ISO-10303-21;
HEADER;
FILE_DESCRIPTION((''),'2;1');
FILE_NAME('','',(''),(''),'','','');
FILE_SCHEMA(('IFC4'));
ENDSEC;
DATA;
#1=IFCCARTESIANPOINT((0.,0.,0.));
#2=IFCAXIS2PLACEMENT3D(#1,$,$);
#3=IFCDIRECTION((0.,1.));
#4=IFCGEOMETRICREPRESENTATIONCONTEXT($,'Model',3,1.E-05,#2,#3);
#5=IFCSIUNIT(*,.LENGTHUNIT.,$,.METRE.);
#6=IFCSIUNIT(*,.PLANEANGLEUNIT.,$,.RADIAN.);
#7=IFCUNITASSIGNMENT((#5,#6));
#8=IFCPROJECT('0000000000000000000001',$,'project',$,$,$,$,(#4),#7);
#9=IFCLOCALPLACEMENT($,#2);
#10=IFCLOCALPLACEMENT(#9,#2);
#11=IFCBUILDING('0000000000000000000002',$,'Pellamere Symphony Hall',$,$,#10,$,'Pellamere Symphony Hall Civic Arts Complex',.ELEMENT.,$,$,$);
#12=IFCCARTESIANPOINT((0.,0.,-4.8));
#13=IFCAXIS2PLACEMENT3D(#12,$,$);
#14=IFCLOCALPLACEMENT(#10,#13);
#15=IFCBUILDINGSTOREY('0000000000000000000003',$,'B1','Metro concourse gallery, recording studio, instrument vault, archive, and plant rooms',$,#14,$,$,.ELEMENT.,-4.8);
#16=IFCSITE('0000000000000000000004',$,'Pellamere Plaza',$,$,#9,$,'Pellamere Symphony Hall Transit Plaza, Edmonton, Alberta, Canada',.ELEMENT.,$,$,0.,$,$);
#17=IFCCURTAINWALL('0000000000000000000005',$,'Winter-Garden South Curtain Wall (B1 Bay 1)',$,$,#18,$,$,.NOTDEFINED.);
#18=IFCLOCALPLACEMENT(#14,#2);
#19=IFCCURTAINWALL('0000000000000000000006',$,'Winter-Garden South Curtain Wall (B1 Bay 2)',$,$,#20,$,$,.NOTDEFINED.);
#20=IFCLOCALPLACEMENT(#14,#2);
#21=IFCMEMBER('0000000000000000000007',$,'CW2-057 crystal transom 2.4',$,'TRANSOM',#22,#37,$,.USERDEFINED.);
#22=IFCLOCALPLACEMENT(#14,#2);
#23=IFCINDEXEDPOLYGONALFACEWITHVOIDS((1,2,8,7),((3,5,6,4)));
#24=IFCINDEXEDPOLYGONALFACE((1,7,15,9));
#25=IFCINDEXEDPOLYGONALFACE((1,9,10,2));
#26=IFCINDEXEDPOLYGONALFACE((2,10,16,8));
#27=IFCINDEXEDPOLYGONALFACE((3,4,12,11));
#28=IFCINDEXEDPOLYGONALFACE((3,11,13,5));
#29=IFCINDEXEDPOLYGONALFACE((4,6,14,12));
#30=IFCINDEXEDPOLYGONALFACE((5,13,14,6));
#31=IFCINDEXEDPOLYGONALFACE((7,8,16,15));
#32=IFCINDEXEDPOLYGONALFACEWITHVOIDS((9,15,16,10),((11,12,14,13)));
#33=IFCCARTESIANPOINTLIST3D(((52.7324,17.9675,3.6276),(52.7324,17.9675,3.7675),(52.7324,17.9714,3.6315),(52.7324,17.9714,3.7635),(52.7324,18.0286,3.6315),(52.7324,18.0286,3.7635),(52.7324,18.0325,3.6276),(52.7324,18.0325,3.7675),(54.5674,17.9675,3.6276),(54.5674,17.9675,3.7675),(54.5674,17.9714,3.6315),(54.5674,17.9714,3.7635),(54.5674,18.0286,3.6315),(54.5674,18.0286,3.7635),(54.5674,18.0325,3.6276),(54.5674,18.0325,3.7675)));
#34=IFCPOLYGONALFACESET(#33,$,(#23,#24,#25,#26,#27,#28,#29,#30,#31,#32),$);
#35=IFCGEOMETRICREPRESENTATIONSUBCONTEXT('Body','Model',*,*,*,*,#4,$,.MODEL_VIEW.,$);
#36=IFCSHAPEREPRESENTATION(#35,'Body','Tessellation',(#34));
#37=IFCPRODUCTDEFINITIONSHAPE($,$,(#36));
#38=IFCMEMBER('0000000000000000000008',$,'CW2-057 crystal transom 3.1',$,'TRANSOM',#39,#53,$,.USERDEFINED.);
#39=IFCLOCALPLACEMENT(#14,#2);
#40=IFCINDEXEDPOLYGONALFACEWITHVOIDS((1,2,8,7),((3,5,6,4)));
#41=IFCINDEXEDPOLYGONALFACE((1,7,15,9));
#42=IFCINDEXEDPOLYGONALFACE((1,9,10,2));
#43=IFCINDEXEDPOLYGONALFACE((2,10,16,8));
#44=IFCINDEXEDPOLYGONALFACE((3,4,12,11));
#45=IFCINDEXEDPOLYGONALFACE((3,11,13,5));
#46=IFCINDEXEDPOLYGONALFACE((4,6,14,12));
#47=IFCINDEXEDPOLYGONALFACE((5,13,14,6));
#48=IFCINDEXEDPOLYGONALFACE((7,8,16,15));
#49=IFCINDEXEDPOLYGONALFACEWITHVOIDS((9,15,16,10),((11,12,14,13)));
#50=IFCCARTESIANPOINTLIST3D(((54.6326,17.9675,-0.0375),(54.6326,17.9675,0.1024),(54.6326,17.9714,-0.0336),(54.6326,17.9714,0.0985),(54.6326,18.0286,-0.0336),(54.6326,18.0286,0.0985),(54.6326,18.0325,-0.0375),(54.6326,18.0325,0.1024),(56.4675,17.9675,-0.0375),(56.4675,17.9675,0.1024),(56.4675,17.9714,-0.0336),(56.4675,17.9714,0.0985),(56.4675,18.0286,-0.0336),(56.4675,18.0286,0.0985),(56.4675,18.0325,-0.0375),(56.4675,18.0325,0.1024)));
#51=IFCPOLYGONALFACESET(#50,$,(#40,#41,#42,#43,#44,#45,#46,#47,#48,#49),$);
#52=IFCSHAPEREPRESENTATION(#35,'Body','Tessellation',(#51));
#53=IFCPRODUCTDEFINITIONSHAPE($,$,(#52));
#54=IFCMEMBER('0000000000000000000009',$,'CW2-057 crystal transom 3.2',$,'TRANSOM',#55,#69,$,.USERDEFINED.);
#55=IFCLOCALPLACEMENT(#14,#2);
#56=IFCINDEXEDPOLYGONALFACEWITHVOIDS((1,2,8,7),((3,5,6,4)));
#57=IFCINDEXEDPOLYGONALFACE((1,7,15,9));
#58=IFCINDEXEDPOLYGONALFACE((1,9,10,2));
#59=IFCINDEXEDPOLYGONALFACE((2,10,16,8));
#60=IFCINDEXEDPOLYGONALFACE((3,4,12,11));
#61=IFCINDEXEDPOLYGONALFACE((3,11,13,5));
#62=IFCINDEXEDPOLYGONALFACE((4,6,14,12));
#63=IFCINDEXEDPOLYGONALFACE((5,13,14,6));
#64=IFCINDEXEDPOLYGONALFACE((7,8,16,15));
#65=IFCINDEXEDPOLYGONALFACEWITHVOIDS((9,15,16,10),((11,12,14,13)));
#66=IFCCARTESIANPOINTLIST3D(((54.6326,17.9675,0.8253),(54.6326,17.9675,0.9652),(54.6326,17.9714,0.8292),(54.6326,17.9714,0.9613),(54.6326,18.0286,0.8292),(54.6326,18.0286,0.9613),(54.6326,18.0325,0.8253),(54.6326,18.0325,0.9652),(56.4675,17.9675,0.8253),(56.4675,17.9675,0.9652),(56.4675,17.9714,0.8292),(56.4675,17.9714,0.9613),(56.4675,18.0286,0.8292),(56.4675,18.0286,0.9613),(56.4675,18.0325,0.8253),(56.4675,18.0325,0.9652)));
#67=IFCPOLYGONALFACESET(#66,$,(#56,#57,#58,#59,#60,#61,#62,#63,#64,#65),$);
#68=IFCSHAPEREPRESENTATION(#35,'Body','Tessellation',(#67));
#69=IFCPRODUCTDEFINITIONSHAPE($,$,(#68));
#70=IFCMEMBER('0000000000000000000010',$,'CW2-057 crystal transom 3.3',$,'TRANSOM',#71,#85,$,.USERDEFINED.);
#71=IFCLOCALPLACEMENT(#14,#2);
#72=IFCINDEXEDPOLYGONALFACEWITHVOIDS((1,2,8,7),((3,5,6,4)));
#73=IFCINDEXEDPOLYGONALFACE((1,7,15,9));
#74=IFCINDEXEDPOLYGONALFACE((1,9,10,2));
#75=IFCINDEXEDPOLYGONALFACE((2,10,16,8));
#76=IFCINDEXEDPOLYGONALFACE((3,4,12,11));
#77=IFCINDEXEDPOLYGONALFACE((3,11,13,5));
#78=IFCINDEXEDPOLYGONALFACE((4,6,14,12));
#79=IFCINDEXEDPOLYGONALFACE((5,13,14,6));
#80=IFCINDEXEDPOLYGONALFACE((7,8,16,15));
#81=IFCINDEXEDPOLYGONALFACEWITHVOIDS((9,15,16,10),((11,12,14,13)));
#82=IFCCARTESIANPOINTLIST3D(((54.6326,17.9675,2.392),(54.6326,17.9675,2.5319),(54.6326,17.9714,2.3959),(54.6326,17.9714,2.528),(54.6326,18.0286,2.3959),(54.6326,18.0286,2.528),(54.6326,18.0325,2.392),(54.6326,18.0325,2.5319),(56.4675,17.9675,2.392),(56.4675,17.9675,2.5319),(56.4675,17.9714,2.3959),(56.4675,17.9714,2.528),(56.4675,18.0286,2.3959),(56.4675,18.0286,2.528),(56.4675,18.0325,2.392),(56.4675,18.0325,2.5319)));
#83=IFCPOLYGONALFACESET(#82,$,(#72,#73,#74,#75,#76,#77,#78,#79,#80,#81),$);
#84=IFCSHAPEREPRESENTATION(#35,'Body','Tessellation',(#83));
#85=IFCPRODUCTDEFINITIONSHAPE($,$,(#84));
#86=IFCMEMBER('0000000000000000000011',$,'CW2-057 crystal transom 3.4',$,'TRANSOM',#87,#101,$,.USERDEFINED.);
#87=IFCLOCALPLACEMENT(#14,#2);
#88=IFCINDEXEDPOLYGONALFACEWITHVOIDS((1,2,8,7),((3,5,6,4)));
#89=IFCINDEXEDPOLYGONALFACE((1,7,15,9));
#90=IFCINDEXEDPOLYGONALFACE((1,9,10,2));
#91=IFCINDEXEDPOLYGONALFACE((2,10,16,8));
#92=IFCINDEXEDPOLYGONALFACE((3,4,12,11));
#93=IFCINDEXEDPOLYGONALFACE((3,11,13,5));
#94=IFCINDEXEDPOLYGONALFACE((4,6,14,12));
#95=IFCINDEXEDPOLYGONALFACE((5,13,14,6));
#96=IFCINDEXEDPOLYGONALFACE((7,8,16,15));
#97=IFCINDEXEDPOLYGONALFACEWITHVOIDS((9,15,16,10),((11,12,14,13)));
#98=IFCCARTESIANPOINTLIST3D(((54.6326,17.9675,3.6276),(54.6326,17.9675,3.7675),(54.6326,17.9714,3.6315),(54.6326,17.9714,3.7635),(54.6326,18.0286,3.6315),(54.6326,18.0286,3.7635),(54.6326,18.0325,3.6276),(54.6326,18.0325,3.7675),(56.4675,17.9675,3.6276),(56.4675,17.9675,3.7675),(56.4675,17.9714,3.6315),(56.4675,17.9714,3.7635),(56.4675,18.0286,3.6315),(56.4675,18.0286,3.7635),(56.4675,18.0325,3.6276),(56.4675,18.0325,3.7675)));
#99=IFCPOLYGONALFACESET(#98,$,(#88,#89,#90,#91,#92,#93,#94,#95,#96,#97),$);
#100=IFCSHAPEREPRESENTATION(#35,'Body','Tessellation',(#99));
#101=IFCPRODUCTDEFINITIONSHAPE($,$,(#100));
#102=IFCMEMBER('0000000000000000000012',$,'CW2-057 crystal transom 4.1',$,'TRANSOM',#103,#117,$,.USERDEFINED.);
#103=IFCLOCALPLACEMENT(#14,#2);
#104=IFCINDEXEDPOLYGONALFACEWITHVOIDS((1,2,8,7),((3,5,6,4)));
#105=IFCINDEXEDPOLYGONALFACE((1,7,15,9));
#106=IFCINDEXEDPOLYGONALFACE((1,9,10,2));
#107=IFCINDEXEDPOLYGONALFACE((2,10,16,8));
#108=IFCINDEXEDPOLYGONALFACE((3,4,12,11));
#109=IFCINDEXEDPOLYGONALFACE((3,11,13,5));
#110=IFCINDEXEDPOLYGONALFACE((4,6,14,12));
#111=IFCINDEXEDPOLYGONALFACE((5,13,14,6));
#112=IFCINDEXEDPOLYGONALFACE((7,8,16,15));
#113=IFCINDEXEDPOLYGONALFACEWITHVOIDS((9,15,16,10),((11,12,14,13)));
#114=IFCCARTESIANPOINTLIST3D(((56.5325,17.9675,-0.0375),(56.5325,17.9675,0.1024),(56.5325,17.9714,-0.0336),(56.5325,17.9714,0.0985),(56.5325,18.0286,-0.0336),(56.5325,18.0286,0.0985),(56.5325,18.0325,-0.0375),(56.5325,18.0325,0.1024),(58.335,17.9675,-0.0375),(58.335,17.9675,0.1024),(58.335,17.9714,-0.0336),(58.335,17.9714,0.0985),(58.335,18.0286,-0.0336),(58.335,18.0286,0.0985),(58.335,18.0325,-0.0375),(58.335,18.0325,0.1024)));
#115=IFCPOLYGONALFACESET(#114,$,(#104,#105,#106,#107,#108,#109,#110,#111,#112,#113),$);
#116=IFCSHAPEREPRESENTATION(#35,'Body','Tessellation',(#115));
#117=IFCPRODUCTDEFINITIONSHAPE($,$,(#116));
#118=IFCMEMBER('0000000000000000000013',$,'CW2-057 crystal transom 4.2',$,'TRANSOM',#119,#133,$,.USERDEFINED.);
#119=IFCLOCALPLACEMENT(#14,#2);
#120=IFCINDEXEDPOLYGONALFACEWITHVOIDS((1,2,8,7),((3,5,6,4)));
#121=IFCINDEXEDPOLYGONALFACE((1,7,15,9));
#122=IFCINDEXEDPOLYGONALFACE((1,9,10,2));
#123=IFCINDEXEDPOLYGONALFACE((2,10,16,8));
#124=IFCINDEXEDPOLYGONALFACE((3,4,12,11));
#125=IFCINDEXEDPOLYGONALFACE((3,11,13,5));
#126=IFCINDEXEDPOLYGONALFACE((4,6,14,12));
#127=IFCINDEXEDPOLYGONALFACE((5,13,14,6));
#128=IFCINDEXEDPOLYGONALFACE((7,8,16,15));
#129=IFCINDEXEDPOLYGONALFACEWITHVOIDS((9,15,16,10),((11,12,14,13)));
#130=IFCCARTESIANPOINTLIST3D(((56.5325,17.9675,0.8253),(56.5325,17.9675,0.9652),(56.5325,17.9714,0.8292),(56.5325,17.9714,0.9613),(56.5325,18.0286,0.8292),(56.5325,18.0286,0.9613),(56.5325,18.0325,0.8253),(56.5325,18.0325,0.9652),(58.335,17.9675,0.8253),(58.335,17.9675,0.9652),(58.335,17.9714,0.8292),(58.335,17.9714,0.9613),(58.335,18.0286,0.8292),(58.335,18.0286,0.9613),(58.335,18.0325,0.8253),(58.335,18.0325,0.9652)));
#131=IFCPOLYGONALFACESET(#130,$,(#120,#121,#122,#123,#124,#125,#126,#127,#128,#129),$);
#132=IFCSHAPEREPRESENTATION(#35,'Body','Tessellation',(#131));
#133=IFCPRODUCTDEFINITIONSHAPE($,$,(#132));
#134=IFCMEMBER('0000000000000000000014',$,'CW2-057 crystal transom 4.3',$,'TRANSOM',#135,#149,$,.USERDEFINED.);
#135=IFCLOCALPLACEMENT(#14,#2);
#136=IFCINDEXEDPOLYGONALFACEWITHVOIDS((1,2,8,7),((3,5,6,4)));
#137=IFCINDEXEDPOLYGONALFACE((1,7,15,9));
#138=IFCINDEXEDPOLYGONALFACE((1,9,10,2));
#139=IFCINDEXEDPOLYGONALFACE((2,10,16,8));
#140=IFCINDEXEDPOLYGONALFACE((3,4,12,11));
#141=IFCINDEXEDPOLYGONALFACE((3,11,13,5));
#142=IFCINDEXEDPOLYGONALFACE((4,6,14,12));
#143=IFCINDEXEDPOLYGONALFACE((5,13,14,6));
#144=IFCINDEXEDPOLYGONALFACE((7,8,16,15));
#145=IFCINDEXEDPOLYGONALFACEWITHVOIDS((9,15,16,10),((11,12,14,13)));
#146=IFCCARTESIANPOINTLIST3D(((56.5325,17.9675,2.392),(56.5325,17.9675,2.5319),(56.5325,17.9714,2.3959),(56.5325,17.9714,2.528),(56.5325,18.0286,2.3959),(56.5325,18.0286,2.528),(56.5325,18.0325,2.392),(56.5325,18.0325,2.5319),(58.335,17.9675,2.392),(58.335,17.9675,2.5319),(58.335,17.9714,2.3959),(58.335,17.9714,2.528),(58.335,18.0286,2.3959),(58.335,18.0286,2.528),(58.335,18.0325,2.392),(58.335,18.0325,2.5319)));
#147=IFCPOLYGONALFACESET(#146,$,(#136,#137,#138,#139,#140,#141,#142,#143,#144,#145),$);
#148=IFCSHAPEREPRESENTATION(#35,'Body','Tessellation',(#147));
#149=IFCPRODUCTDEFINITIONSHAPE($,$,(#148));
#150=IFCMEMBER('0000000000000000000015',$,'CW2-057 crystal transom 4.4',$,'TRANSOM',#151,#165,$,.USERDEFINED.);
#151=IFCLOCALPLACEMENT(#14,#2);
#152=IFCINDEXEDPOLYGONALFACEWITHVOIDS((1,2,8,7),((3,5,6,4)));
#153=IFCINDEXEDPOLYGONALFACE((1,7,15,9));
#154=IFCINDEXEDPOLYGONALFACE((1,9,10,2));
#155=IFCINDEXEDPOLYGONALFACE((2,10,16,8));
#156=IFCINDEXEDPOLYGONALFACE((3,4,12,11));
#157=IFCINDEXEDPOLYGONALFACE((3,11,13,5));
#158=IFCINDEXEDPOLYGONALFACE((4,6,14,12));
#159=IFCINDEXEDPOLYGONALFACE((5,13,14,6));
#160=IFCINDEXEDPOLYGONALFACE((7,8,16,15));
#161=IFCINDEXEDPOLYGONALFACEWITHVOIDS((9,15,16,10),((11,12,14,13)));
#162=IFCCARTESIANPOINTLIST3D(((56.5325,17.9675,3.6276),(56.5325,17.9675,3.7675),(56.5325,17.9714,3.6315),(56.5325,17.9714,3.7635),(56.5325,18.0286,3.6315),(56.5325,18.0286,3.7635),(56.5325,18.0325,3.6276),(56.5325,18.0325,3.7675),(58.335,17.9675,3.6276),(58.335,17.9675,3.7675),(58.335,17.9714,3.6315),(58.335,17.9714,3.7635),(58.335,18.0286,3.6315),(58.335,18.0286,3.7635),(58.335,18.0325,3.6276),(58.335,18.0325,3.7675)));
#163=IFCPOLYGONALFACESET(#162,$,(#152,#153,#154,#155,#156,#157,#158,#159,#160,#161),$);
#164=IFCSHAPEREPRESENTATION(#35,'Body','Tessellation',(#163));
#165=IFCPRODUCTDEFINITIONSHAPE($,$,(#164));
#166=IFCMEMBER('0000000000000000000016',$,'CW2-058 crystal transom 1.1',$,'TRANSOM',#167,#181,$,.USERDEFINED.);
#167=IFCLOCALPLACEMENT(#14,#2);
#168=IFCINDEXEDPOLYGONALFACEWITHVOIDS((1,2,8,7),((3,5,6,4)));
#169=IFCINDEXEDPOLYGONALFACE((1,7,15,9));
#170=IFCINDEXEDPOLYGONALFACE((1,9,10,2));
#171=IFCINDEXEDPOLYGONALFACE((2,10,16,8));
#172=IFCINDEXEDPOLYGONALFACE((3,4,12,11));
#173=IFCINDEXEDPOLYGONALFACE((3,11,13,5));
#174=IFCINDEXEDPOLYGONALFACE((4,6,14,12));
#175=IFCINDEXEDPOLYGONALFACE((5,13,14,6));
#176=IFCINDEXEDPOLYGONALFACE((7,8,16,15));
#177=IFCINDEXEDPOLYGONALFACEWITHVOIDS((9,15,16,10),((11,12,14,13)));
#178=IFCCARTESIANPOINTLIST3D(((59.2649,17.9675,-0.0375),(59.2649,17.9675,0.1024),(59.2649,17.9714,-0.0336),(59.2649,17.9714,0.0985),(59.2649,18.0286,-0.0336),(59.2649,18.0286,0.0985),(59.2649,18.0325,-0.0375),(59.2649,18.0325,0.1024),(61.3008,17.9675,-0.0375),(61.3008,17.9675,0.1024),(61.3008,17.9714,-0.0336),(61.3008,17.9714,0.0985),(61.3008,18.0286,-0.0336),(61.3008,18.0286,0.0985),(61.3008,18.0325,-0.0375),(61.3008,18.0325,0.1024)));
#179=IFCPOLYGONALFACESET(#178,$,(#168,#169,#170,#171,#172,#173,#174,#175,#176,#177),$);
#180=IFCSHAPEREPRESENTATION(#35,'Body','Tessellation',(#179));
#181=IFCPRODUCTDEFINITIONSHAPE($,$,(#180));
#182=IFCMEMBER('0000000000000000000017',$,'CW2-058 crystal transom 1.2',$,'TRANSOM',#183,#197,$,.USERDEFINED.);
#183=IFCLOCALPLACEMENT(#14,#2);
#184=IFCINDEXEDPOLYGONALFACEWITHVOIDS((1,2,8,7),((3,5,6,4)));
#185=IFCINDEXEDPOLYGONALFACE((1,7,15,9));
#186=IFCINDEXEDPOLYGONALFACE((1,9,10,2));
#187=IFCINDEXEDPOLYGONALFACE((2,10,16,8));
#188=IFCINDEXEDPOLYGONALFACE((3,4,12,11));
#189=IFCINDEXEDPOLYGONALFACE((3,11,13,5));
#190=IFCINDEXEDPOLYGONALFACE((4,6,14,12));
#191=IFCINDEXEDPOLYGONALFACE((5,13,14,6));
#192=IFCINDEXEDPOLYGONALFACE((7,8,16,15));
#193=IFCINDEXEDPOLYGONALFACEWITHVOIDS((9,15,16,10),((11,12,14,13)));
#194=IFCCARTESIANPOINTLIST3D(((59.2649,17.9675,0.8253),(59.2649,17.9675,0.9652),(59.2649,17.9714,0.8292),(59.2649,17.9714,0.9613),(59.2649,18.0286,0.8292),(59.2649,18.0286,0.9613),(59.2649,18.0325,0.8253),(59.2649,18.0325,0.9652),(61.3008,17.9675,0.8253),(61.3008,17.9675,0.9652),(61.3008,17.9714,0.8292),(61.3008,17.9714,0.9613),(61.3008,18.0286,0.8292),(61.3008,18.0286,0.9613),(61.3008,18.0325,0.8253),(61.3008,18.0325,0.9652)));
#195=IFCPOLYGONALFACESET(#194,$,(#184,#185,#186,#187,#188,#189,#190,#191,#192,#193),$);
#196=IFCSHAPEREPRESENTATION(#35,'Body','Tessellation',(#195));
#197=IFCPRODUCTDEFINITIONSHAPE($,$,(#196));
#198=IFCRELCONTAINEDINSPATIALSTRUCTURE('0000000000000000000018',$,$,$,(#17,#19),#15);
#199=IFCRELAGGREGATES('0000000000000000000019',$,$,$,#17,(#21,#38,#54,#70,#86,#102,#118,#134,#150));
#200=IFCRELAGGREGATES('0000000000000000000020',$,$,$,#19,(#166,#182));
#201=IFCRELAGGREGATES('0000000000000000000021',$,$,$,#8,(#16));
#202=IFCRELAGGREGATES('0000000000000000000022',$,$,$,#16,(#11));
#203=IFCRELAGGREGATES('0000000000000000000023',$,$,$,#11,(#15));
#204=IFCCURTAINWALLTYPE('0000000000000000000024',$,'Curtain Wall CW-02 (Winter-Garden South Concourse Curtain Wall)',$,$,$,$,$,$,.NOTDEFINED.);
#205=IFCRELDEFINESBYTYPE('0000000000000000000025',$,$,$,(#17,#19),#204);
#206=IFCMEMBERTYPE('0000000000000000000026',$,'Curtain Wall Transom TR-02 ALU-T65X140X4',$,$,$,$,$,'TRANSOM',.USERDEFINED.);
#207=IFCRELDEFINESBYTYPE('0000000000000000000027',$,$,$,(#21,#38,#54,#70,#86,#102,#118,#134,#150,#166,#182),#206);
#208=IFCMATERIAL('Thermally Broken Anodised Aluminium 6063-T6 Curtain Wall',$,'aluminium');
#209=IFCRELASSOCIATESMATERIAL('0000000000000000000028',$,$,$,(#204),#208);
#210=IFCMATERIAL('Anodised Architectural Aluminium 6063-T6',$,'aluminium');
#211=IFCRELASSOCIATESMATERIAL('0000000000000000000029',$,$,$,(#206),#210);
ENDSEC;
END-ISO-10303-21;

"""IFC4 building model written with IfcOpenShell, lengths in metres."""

from ifc_helpers import new_model, si_unit, direction, frame, origin, origin_2d, place, context, subcontext, project, spatial, hollow_rectangle, extrude, material, material_profile, profile_set, type_object, element, aggregate, save


model = new_model("IFC4")

# Units and contexts
model_context = context("Model", 3, precision=1e-05, world=origin(), true_north=direction((0.0, 1.0)))
body_context = subcontext(model_context, "Body", "Model", "MODEL_VIEW")
ifc_project = project(units=[si_unit("LENGTHUNIT", "METRE"), si_unit("PLANEANGLEUNIT", "RADIAN")], contexts=[model_context])

# Site, building, storey
site_placement = place(None, origin())
site = spatial("IfcSite", under=ifc_project, at=site_placement, Name="Pellamere Plaza", LongName="Pellamere Symphony Hall Transit Plaza, Edmonton, Alberta, Canada", CompositionType="ELEMENT", RefElevation=0.0)
building_placement = place(site_placement, origin())
building = spatial("IfcBuilding", under=site, at=building_placement, Name="Pellamere Symphony Hall", LongName="Pellamere Symphony Hall Civic Arts Complex", CompositionType="ELEMENT")
storey_placement = place(building_placement, frame((0.0, 0.0, -4.8)))
storey = spatial("IfcBuildingStorey", under=building, at=storey_placement, Name="B1", Description="Metro concourse gallery, recording studio, instrument vault, archive, and plant rooms", CompositionType="ELEMENT", Elevation=-4.8)

# Curtain wall
ifc_material_1 = material(Name="Thermally Broken Anodised Aluminium 6063-T6 Curtain Wall", Category="aluminium")
curtain_wall_type = type_object("IfcCurtainWallType", Name="Curtain Wall CW-02 (Winter-Garden South Concourse Curtain Wall)", PredefinedType="NOTDEFINED", material=ifc_material_1)
curtain_wall_1_placement = place(storey_placement, origin())
curtain_wall_1 = element("IfcCurtainWall", 1, at=curtain_wall_1_placement, inside=storey, type_object=curtain_wall_type, Name="Winter-Garden South Curtain Wall (B1 Bay 1)", PredefinedType="NOTDEFINED")
ifc_material_2 = material(Name="Anodised Architectural Aluminium 6063-T6", Category="aluminium")

# Curtain wall
curtain_wall_2_placement = place(storey_placement, origin())
curtain_wall_2 = element("IfcCurtainWall", 2, at=curtain_wall_2_placement, inside=storey, type_object=curtain_wall_type, Name="Winter-Garden South Curtain Wall (B1 Bay 2)", PredefinedType="NOTDEFINED")

# Members
ifc_material_profile_1 = material_profile(ifc_material_2, hollow_rectangle(XDim=0.0649, YDim=0.1399, WallThickness=0.0039, at=origin_2d()), Name="ALU-T65X140X4")
ifc_profile_set_1 = profile_set([ifc_material_profile_1], Name="Anodised Architectural Aluminium 6063-T6")
member_type_1 = type_object("IfcMemberType", Name="Curtain Wall Transom TR-02 ALU-T65X140X4", ElementType="TRANSOM", PredefinedType="USERDEFINED", material=ifc_profile_set_1)
member_1_placement = place(storey_placement, frame((52.7324, 18.0, 3.6975), z_axis=(1.0, 0.0, 0.0), x_axis=(0.0, 1.0, 0.0)))
member_1 = element("IfcMember", 3, at=member_1_placement, type_object=member_type_1, Name="CW2-057 crystal transom 2.4", ObjectType="TRANSOM", PredefinedType="USERDEFINED", context=body_context, shape_type="SweptSolid", body=[
    extrude(hollow_rectangle(XDim=0.0649, YDim=0.1399, WallThickness=0.0039, at=origin_2d()), origin(), (0.0, 0.0, 1.0), 1.835),
])
member_2_placement = place(storey_placement, frame((54.6326, 18.0, 0.0325), z_axis=(1.0, 0.0, 0.0), x_axis=(0.0, 1.0, 0.0)))
member_2 = element("IfcMember", 4, at=member_2_placement, type_object=member_type_1, Name="CW2-057 crystal transom 3.1", ObjectType="TRANSOM", PredefinedType="USERDEFINED", context=body_context, shape_type="SweptSolid", body=[
    extrude(hollow_rectangle(XDim=0.0649, YDim=0.1399, WallThickness=0.0039, at=origin_2d()), origin(), (0.0, 0.0, 1.0), 1.835),
])
member_3_placement = place(storey_placement, frame((54.6326, 18.0, 0.8953), z_axis=(1.0, 0.0, 0.0), x_axis=(0.0, 1.0, 0.0)))
member_3 = element("IfcMember", 5, at=member_3_placement, type_object=member_type_1, Name="CW2-057 crystal transom 3.2", ObjectType="TRANSOM", PredefinedType="USERDEFINED", context=body_context, shape_type="SweptSolid", body=[
    extrude(hollow_rectangle(XDim=0.0649, YDim=0.1399, WallThickness=0.0039, at=origin_2d()), origin(), (0.0, 0.0, 1.0), 1.835),
])
member_4_placement = place(storey_placement, frame((54.6326, 18.0, 2.4619), z_axis=(1.0, 0.0, 0.0), x_axis=(0.0, 1.0, 0.0)))
member_4 = element("IfcMember", 6, at=member_4_placement, type_object=member_type_1, Name="CW2-057 crystal transom 3.3", ObjectType="TRANSOM", PredefinedType="USERDEFINED", context=body_context, shape_type="SweptSolid", body=[
    extrude(hollow_rectangle(XDim=0.0649, YDim=0.1399, WallThickness=0.0039, at=origin_2d()), origin(), (0.0, 0.0, 1.0), 1.835),
])
member_5_placement = place(storey_placement, frame((54.6326, 18.0, 3.6975), z_axis=(1.0, 0.0, 0.0), x_axis=(0.0, 1.0, 0.0)))
member_5 = element("IfcMember", 7, at=member_5_placement, type_object=member_type_1, Name="CW2-057 crystal transom 3.4", ObjectType="TRANSOM", PredefinedType="USERDEFINED", context=body_context, shape_type="SweptSolid", body=[
    extrude(hollow_rectangle(XDim=0.0649, YDim=0.1399, WallThickness=0.0039, at=origin_2d()), origin(), (0.0, 0.0, 1.0), 1.835),
])
member_6_placement = place(storey_placement, frame((56.5325, 18.0, 0.0325), z_axis=(1.0, 0.0, 0.0), x_axis=(0.0, 1.0, 0.0)))
member_6 = element("IfcMember", 8, at=member_6_placement, type_object=member_type_1, Name="CW2-057 crystal transom 4.1", ObjectType="TRANSOM", PredefinedType="USERDEFINED", context=body_context, shape_type="SweptSolid", body=[
    extrude(hollow_rectangle(XDim=0.0649, YDim=0.1399, WallThickness=0.0039, at=origin_2d()), origin(), (0.0, 0.0, 1.0), 1.8025),
])
member_7_placement = place(storey_placement, frame((56.5325, 18.0, 0.8953), z_axis=(1.0, 0.0, 0.0), x_axis=(0.0, 1.0, 0.0)))
member_7 = element("IfcMember", 9, at=member_7_placement, type_object=member_type_1, Name="CW2-057 crystal transom 4.2", ObjectType="TRANSOM", PredefinedType="USERDEFINED", context=body_context, shape_type="SweptSolid", body=[
    extrude(hollow_rectangle(XDim=0.0649, YDim=0.1399, WallThickness=0.0039, at=origin_2d()), origin(), (0.0, 0.0, 1.0), 1.8025),
])
member_8_placement = place(storey_placement, frame((56.5325, 18.0, 2.4619), z_axis=(1.0, 0.0, 0.0), x_axis=(0.0, 1.0, 0.0)))
member_8 = element("IfcMember", 10, at=member_8_placement, type_object=member_type_1, Name="CW2-057 crystal transom 4.3", ObjectType="TRANSOM", PredefinedType="USERDEFINED", context=body_context, shape_type="SweptSolid", body=[
    extrude(hollow_rectangle(XDim=0.0649, YDim=0.1399, WallThickness=0.0039, at=origin_2d()), origin(), (0.0, 0.0, 1.0), 1.8025),
])
member_9_placement = place(storey_placement, frame((56.5325, 18.0, 3.6975), z_axis=(1.0, 0.0, 0.0), x_axis=(0.0, 1.0, 0.0)))
member_9 = element("IfcMember", 11, at=member_9_placement, type_object=member_type_1, Name="CW2-057 crystal transom 4.4", ObjectType="TRANSOM", PredefinedType="USERDEFINED", context=body_context, shape_type="SweptSolid", body=[
    extrude(hollow_rectangle(XDim=0.0649, YDim=0.1399, WallThickness=0.0039, at=origin_2d()), origin(), (0.0, 0.0, 1.0), 1.8025),
])
member_10_placement = place(storey_placement, frame((59.2649, 18.0, 0.0325), z_axis=(1.0, 0.0, 0.0), x_axis=(0.0, 1.0, 0.0)))
member_10 = element("IfcMember", 12, at=member_10_placement, type_object=member_type_1, Name="CW2-058 crystal transom 1.1", ObjectType="TRANSOM", PredefinedType="USERDEFINED", context=body_context, shape_type="SweptSolid", body=[
    extrude(hollow_rectangle(XDim=0.0649, YDim=0.1399, WallThickness=0.0039, at=origin_2d()), origin(), (0.0, 0.0, 1.0), 2.0359),
])
member_11_placement = place(storey_placement, frame((59.2649, 18.0, 0.8953), z_axis=(1.0, 0.0, 0.0), x_axis=(0.0, 1.0, 0.0)))
member_11 = element("IfcMember", 13, at=member_11_placement, type_object=member_type_1, Name="CW2-058 crystal transom 1.2", ObjectType="TRANSOM", PredefinedType="USERDEFINED", context=body_context, shape_type="SweptSolid", body=[
    extrude(hollow_rectangle(XDim=0.0649, YDim=0.1399, WallThickness=0.0039, at=origin_2d()), origin(), (0.0, 0.0, 1.0), 2.0359),
])

aggregate(curtain_wall_1, [member_1, member_2, member_3, member_4, member_5, member_6, member_7, member_8, member_9])
aggregate(curtain_wall_2, [member_10, member_11])

save(model, "model.ifc")
